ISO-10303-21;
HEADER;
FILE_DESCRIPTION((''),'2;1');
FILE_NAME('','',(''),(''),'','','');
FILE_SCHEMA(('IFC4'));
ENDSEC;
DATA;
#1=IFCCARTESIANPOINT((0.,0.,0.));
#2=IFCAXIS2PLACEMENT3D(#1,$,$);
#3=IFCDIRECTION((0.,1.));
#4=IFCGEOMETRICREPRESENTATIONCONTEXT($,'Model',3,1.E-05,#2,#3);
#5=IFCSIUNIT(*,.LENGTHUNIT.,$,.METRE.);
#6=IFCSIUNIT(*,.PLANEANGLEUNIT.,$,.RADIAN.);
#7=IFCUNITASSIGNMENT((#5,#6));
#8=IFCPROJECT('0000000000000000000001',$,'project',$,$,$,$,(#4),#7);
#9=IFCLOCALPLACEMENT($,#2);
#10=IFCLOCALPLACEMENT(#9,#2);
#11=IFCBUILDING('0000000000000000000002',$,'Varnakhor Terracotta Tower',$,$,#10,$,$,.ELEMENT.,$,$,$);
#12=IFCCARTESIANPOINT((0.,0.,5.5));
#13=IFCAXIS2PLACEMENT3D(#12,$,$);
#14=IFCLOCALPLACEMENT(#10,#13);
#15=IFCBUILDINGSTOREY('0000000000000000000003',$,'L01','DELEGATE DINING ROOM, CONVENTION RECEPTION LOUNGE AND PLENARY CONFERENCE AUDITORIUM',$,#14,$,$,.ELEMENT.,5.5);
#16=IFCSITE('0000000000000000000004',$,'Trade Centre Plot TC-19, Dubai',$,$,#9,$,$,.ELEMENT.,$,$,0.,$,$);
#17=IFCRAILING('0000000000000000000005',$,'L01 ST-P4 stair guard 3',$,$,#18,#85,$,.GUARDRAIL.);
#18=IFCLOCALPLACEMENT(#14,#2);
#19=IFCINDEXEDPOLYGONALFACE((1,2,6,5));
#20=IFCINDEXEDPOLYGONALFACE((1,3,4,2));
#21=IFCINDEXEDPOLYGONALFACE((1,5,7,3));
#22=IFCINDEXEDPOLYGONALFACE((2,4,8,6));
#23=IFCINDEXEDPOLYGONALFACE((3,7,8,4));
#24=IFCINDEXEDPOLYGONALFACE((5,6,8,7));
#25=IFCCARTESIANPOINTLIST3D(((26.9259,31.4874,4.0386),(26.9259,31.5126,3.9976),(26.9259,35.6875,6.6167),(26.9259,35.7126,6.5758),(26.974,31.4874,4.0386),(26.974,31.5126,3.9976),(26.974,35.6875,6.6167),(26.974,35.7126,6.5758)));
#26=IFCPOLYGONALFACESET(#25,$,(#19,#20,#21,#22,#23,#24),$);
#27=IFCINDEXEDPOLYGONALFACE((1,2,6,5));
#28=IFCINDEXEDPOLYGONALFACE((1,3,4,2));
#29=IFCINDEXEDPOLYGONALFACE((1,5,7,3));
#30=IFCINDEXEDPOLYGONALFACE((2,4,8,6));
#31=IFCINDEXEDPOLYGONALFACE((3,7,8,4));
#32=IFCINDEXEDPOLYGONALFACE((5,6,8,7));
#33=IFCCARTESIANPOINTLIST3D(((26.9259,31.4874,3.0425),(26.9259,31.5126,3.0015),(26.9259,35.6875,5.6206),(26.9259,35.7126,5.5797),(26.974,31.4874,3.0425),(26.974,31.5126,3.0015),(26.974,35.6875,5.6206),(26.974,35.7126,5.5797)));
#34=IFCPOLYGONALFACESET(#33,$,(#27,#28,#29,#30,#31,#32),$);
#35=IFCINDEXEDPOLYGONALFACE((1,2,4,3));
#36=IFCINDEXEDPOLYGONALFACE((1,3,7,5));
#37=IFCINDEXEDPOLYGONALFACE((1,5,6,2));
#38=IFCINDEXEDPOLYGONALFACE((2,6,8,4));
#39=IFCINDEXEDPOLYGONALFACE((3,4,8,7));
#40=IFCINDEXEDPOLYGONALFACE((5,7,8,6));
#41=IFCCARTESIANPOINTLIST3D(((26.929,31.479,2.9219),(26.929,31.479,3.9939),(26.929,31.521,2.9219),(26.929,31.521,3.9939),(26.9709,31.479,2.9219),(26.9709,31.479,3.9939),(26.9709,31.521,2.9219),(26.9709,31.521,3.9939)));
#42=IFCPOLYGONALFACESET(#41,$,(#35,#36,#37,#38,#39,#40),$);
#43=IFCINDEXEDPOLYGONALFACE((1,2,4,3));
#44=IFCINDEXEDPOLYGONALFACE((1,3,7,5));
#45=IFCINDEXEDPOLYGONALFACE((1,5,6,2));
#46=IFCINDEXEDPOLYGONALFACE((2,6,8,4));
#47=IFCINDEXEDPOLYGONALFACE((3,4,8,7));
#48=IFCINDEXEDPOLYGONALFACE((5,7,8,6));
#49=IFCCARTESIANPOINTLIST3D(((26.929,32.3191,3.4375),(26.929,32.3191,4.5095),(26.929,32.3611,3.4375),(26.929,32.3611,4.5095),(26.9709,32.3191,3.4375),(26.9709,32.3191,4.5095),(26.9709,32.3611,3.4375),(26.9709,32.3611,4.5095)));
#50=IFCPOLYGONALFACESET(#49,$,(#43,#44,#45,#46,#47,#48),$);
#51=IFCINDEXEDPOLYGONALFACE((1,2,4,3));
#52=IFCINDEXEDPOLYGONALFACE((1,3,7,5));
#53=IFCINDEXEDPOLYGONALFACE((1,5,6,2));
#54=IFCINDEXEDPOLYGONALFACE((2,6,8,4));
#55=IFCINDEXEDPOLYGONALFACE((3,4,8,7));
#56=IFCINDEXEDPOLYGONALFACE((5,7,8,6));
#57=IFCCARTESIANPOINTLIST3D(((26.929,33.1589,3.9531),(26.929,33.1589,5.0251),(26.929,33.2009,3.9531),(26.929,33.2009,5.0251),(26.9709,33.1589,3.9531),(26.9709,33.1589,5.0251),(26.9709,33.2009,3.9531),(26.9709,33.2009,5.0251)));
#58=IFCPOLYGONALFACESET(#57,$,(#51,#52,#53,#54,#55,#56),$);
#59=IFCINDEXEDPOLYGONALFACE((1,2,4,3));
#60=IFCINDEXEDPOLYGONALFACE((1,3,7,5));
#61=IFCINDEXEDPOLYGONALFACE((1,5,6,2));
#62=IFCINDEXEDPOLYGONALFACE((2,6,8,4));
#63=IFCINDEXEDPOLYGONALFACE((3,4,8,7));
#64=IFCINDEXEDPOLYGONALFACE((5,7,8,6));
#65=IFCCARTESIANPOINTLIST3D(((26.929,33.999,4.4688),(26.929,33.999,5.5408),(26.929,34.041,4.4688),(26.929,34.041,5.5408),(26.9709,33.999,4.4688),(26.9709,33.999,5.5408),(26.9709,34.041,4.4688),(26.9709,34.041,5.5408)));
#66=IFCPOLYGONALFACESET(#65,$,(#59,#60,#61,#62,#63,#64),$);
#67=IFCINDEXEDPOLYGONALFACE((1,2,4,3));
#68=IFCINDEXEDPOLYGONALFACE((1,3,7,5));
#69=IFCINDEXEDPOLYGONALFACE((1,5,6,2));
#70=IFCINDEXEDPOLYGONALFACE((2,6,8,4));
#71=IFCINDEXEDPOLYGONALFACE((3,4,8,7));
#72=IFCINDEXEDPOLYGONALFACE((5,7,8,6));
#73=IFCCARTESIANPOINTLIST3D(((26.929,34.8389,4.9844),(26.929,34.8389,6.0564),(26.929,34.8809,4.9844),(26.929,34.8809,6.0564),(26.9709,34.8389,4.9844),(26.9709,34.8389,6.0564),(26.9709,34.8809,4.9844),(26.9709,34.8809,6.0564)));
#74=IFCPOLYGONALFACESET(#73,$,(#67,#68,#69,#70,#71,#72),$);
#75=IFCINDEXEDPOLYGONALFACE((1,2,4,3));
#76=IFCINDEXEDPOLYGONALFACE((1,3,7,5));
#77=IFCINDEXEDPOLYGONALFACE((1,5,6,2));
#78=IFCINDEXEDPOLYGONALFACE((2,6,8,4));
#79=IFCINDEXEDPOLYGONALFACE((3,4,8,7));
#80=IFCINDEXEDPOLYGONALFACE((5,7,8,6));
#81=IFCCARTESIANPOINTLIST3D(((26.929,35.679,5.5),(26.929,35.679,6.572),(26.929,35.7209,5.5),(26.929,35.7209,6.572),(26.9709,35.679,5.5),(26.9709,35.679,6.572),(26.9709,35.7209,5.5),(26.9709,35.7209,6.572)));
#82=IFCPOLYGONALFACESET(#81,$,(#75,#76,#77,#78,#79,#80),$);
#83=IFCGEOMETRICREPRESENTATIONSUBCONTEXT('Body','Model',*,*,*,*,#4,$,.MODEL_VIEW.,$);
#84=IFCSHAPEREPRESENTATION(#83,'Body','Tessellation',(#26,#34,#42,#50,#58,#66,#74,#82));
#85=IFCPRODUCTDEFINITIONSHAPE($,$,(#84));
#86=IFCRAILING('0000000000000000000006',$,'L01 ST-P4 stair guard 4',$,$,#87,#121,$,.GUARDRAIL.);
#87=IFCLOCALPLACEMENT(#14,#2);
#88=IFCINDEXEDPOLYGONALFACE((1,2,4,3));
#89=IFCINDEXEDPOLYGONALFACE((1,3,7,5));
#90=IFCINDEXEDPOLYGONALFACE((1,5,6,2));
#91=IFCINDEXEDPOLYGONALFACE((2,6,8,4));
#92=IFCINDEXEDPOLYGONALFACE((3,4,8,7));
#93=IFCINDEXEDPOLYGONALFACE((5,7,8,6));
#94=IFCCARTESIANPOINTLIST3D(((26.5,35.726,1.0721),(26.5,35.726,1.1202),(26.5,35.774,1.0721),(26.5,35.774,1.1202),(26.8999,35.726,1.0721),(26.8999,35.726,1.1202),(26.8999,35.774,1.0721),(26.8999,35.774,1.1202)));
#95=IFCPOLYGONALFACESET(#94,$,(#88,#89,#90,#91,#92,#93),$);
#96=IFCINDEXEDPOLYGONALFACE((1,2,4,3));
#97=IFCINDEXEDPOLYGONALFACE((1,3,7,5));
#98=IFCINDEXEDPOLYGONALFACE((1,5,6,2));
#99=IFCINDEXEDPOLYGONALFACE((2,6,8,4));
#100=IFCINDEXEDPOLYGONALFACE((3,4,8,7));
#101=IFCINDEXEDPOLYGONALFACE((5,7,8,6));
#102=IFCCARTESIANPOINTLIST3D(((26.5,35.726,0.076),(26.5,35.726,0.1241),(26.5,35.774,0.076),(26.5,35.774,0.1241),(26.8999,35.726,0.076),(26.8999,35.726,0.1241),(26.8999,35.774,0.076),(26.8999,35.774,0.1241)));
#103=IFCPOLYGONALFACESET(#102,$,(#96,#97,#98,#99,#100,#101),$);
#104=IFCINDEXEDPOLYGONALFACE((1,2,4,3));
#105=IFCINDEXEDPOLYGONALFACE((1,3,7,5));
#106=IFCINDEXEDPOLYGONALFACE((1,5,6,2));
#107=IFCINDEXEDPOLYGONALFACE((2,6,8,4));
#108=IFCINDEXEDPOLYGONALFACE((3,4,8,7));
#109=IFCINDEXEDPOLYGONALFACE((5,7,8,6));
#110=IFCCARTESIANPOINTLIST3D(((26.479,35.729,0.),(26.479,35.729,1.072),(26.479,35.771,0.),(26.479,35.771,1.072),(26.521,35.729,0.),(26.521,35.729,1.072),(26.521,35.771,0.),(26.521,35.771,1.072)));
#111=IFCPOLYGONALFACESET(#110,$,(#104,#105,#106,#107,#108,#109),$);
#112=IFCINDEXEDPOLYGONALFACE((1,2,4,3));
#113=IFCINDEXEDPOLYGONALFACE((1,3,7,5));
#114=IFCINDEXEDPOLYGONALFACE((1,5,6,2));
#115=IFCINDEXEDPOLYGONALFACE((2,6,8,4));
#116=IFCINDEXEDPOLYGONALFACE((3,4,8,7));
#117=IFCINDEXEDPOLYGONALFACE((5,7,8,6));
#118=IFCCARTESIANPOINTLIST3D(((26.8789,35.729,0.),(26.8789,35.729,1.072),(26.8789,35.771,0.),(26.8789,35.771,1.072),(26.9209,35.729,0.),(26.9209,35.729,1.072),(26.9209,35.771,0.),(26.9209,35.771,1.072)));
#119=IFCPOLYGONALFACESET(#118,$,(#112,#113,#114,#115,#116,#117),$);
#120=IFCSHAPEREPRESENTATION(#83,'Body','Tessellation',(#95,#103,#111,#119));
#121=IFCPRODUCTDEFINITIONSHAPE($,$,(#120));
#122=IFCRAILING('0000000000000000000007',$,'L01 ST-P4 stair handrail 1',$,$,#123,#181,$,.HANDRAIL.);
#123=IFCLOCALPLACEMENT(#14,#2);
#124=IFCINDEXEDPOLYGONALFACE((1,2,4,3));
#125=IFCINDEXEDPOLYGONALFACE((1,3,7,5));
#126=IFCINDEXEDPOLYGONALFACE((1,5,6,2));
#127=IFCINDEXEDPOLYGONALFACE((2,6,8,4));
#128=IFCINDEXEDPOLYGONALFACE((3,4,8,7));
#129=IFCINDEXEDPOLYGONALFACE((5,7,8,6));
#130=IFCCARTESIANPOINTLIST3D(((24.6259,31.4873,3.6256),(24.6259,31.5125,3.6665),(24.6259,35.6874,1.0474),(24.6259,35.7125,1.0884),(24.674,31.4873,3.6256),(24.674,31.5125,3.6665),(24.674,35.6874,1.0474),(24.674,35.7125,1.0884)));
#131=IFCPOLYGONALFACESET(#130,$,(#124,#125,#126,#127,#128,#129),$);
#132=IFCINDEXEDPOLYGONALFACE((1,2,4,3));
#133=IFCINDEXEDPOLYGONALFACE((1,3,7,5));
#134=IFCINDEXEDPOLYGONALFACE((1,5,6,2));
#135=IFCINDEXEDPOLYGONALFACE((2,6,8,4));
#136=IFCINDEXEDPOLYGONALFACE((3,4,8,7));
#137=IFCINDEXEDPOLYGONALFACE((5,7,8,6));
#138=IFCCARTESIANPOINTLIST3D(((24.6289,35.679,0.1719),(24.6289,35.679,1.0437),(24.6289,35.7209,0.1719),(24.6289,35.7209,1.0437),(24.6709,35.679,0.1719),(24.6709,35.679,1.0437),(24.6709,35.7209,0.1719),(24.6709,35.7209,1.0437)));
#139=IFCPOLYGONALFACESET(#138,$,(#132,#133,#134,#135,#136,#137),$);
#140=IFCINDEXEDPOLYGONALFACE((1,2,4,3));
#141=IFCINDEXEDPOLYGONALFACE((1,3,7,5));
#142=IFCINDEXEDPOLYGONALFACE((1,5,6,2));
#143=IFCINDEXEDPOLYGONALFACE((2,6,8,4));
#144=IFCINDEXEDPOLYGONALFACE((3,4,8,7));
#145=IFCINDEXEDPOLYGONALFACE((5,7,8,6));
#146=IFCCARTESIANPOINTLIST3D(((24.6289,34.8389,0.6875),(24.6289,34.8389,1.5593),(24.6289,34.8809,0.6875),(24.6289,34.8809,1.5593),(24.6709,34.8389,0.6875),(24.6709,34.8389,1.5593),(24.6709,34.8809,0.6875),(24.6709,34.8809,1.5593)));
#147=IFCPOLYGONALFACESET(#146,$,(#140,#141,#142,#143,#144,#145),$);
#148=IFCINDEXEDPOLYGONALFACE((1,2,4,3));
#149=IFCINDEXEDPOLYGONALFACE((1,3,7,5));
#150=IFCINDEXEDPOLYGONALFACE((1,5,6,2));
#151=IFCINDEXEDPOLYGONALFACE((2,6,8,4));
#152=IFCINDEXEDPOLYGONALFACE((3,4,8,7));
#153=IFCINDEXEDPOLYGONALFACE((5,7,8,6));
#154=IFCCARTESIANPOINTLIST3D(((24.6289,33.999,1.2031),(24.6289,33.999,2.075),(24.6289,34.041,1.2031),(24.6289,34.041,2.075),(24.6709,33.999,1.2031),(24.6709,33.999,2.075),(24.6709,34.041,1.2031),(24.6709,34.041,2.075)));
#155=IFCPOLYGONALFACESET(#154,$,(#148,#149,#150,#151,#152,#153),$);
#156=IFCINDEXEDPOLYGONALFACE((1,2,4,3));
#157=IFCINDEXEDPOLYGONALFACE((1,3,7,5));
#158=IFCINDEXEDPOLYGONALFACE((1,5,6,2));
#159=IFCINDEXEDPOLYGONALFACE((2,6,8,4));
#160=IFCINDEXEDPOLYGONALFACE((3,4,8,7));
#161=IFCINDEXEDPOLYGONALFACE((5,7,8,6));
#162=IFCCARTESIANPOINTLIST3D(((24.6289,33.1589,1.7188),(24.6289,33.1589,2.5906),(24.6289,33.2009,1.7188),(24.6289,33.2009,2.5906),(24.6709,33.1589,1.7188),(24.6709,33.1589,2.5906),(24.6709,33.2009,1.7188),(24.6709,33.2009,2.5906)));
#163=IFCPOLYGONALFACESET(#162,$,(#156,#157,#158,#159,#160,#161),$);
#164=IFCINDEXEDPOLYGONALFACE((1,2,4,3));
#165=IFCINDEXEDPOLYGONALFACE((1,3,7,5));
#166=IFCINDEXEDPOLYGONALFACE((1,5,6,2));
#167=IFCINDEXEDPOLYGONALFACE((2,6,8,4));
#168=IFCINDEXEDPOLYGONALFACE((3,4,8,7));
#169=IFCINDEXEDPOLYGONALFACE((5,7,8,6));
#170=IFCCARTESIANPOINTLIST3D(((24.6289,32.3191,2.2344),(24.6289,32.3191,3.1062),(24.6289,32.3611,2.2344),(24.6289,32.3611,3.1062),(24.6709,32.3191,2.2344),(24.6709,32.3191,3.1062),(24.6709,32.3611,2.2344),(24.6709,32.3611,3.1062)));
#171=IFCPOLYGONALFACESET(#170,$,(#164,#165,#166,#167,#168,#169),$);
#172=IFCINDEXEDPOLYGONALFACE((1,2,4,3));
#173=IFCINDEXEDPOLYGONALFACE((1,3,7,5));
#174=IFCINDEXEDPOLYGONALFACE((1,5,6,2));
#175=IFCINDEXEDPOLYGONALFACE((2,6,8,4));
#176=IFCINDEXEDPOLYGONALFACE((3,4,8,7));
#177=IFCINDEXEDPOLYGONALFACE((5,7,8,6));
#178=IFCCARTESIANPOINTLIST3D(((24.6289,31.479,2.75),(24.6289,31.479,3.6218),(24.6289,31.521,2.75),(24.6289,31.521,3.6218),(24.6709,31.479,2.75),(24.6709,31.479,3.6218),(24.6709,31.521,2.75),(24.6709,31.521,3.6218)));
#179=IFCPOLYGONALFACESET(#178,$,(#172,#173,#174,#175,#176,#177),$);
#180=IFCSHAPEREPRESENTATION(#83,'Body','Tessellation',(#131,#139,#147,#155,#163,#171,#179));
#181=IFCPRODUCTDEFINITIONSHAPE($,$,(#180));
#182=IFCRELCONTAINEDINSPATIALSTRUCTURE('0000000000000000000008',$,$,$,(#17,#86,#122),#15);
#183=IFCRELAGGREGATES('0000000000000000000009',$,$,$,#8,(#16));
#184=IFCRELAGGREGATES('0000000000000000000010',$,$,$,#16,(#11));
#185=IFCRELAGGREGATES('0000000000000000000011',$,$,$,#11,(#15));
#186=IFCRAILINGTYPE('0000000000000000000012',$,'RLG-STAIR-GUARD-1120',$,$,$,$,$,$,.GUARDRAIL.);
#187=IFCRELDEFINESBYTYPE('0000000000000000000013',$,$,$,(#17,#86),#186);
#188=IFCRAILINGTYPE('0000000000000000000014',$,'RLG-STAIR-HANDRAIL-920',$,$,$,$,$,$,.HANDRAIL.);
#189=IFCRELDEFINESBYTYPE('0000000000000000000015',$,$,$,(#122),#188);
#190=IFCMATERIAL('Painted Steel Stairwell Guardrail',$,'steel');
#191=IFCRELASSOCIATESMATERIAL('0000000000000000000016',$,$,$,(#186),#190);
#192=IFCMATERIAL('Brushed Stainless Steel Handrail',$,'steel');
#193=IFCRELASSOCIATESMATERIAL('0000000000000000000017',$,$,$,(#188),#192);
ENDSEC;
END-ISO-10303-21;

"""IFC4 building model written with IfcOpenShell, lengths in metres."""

from ifc_helpers import new_model, si_unit, direction, frame, origin, origin_2d, place, context, subcontext, project, spatial, rectangle, extrude, material, type_object, element, save


model = new_model("IFC4")

# Units and contexts
model_context = context("Model", 3, precision=1e-05, world=origin(), true_north=direction((0.0, 1.0)))
body_context = subcontext(model_context, "Body", "Model", "MODEL_VIEW")
ifc_project = project(units=[si_unit("LENGTHUNIT", "METRE"), si_unit("PLANEANGLEUNIT", "RADIAN")], contexts=[model_context])

# Site, building, storey
site_placement = place(None, origin())
site = spatial("IfcSite", under=ifc_project, at=site_placement, Name="Trade Centre Plot TC-19, Dubai", CompositionType="ELEMENT", RefElevation=0.0)
building_placement = place(site_placement, origin())
building = spatial("IfcBuilding", under=site, at=building_placement, Name="Varnakhor Terracotta Tower", CompositionType="ELEMENT")
storey_placement = place(building_placement, frame((0.0, 0.0, 5.5)))
storey = spatial("IfcBuildingStorey", under=building, at=storey_placement, Name="L01", Description="DELEGATE DINING ROOM, CONVENTION RECEPTION LOUNGE AND PLENARY CONFERENCE AUDITORIUM", CompositionType="ELEMENT", Elevation=5.5)

# Railings
ifc_material_1 = material(Name="Painted Steel Stairwell Guardrail", Category="steel")
railing_type_1 = type_object("IfcRailingType", Name="RLG-STAIR-GUARD-1120", PredefinedType="GUARDRAIL", material=ifc_material_1)
railing_1_placement = place(storey_placement, frame((26.95, 31.5, 2.9219)))
element("IfcRailing", 1, at=railing_1_placement, inside=storey, type_object=railing_type_1, Name="L01 ST-P4 stair guard 3", PredefinedType="GUARDRAIL", context=body_context, shape_type="SweptSolid", body=[
    extrude(rectangle(XDim=0.0481, YDim=0.0481, at=origin_2d()), frame((0.0, 0.0, 1.0962), z_axis=(0.0, 0.852243, 0.523146), x_axis=(-1.0, 0.0, 0.0)), (0.0, 0.0, 1.0), 4.9282),
    extrude(rectangle(XDim=0.0481, YDim=0.0481, at=origin_2d()), frame((0.0, 0.0, 0.1001), z_axis=(0.0, 0.852243, 0.523146), x_axis=(-1.0, 0.0, 0.0)), (0.0, 0.0, 1.0), 4.9282),
    extrude(rectangle(XDim=0.042, YDim=0.042, at=origin_2d()), origin(), (0.0, 0.0, 1.0), 1.072),
    extrude(rectangle(XDim=0.042, YDim=0.042, at=origin_2d()), frame((0.0, 0.8401, 0.5156)), (0.0, 0.0, 1.0), 1.072),
    extrude(rectangle(XDim=0.042, YDim=0.042, at=origin_2d()), frame((0.0, 1.6799, 1.0312)), (0.0, 0.0, 1.0), 1.072),
    extrude(rectangle(XDim=0.042, YDim=0.042, at=origin_2d()), frame((0.0, 2.52, 1.5469)), (0.0, 0.0, 1.0), 1.072),
    extrude(rectangle(XDim=0.042, YDim=0.042, at=origin_2d()), frame((0.0, 3.3599, 2.0625)), (0.0, 0.0, 1.0), 1.072),
    extrude(rectangle(XDim=0.042, YDim=0.042, at=origin_2d()), frame((0.0, 4.2, 2.5781)), (0.0, 0.0, 1.0), 1.072),
])
railing_2_placement = place(storey_placement, frame((26.5, 35.75, 0.0)))
element("IfcRailing", 2, at=railing_2_placement, inside=storey, type_object=railing_type_1, Name="L01 ST-P4 stair guard 4", PredefinedType="GUARDRAIL", context=body_context, shape_type="SweptSolid", body=[
    extrude(rectangle(XDim=0.0481, YDim=0.0481, at=origin_2d()), frame((0.0, 0.0, 1.0962), z_axis=(1.0, 0.0, 0.0), x_axis=(0.0, 1.0, 0.0)), (0.0, 0.0, 1.0), 0.3999),
    extrude(rectangle(XDim=0.0481, YDim=0.0481, at=origin_2d()), frame((0.0, 0.0, 0.1001), z_axis=(1.0, 0.0, 0.0), x_axis=(0.0, 1.0, 0.0)), (0.0, 0.0, 1.0), 0.3999),
    extrude(rectangle(XDim=0.042, YDim=0.042, at=origin_2d()), origin(), (0.0, 0.0, 1.0), 1.072),
    extrude(rectangle(XDim=0.042, YDim=0.042, at=origin_2d()), frame((0.3999, 0.0, 0.0)), (0.0, 0.0, 1.0), 1.072),
])
ifc_material_2 = material(Name="Brushed Stainless Steel Handrail", Category="steel")
railing_type_2 = type_object("IfcRailingType", Name="RLG-STAIR-HANDRAIL-920", PredefinedType="HANDRAIL", material=ifc_material_2)
railing_3_placement = place(storey_placement, frame((24.6499, 35.7, 0.1719)))
element("IfcRailing", 3, at=railing_3_placement, inside=storey, type_object=railing_type_2, Name="L01 ST-P4 stair handrail 1", PredefinedType="HANDRAIL", context=body_context, shape_type="SweptSolid", body=[
    extrude(rectangle(XDim=0.0481, YDim=0.0481, at=origin_2d()), frame((0.0, 0.0, 0.896), z_axis=(0.0, -0.852243, 0.523146), x_axis=(1.0, 0.0, 0.0)), (0.0, 0.0, 1.0), 4.9282),
    extrude(rectangle(XDim=0.042, YDim=0.042, at=origin_2d()), origin(), (0.0, 0.0, 1.0), 0.8718),
    extrude(rectangle(XDim=0.042, YDim=0.042, at=origin_2d()), frame((0.0, -0.8401, 0.5156)), (0.0, 0.0, 1.0), 0.8718),
    extrude(rectangle(XDim=0.042, YDim=0.042, at=origin_2d()), frame((0.0, -1.6799, 1.0312)), (0.0, 0.0, 1.0), 0.8718),
    extrude(rectangle(XDim=0.042, YDim=0.042, at=origin_2d()), frame((0.0, -2.52, 1.5469)), (0.0, 0.0, 1.0), 0.8718),
    extrude(rectangle(XDim=0.042, YDim=0.042, at=origin_2d()), frame((0.0, -3.3599, 2.0625)), (0.0, 0.0, 1.0), 0.8718),
    extrude(rectangle(XDim=0.042, YDim=0.042, at=origin_2d()), frame((0.0, -4.2, 2.5781)), (0.0, 0.0, 1.0), 0.8718),
])

save(model, "model.ifc")
